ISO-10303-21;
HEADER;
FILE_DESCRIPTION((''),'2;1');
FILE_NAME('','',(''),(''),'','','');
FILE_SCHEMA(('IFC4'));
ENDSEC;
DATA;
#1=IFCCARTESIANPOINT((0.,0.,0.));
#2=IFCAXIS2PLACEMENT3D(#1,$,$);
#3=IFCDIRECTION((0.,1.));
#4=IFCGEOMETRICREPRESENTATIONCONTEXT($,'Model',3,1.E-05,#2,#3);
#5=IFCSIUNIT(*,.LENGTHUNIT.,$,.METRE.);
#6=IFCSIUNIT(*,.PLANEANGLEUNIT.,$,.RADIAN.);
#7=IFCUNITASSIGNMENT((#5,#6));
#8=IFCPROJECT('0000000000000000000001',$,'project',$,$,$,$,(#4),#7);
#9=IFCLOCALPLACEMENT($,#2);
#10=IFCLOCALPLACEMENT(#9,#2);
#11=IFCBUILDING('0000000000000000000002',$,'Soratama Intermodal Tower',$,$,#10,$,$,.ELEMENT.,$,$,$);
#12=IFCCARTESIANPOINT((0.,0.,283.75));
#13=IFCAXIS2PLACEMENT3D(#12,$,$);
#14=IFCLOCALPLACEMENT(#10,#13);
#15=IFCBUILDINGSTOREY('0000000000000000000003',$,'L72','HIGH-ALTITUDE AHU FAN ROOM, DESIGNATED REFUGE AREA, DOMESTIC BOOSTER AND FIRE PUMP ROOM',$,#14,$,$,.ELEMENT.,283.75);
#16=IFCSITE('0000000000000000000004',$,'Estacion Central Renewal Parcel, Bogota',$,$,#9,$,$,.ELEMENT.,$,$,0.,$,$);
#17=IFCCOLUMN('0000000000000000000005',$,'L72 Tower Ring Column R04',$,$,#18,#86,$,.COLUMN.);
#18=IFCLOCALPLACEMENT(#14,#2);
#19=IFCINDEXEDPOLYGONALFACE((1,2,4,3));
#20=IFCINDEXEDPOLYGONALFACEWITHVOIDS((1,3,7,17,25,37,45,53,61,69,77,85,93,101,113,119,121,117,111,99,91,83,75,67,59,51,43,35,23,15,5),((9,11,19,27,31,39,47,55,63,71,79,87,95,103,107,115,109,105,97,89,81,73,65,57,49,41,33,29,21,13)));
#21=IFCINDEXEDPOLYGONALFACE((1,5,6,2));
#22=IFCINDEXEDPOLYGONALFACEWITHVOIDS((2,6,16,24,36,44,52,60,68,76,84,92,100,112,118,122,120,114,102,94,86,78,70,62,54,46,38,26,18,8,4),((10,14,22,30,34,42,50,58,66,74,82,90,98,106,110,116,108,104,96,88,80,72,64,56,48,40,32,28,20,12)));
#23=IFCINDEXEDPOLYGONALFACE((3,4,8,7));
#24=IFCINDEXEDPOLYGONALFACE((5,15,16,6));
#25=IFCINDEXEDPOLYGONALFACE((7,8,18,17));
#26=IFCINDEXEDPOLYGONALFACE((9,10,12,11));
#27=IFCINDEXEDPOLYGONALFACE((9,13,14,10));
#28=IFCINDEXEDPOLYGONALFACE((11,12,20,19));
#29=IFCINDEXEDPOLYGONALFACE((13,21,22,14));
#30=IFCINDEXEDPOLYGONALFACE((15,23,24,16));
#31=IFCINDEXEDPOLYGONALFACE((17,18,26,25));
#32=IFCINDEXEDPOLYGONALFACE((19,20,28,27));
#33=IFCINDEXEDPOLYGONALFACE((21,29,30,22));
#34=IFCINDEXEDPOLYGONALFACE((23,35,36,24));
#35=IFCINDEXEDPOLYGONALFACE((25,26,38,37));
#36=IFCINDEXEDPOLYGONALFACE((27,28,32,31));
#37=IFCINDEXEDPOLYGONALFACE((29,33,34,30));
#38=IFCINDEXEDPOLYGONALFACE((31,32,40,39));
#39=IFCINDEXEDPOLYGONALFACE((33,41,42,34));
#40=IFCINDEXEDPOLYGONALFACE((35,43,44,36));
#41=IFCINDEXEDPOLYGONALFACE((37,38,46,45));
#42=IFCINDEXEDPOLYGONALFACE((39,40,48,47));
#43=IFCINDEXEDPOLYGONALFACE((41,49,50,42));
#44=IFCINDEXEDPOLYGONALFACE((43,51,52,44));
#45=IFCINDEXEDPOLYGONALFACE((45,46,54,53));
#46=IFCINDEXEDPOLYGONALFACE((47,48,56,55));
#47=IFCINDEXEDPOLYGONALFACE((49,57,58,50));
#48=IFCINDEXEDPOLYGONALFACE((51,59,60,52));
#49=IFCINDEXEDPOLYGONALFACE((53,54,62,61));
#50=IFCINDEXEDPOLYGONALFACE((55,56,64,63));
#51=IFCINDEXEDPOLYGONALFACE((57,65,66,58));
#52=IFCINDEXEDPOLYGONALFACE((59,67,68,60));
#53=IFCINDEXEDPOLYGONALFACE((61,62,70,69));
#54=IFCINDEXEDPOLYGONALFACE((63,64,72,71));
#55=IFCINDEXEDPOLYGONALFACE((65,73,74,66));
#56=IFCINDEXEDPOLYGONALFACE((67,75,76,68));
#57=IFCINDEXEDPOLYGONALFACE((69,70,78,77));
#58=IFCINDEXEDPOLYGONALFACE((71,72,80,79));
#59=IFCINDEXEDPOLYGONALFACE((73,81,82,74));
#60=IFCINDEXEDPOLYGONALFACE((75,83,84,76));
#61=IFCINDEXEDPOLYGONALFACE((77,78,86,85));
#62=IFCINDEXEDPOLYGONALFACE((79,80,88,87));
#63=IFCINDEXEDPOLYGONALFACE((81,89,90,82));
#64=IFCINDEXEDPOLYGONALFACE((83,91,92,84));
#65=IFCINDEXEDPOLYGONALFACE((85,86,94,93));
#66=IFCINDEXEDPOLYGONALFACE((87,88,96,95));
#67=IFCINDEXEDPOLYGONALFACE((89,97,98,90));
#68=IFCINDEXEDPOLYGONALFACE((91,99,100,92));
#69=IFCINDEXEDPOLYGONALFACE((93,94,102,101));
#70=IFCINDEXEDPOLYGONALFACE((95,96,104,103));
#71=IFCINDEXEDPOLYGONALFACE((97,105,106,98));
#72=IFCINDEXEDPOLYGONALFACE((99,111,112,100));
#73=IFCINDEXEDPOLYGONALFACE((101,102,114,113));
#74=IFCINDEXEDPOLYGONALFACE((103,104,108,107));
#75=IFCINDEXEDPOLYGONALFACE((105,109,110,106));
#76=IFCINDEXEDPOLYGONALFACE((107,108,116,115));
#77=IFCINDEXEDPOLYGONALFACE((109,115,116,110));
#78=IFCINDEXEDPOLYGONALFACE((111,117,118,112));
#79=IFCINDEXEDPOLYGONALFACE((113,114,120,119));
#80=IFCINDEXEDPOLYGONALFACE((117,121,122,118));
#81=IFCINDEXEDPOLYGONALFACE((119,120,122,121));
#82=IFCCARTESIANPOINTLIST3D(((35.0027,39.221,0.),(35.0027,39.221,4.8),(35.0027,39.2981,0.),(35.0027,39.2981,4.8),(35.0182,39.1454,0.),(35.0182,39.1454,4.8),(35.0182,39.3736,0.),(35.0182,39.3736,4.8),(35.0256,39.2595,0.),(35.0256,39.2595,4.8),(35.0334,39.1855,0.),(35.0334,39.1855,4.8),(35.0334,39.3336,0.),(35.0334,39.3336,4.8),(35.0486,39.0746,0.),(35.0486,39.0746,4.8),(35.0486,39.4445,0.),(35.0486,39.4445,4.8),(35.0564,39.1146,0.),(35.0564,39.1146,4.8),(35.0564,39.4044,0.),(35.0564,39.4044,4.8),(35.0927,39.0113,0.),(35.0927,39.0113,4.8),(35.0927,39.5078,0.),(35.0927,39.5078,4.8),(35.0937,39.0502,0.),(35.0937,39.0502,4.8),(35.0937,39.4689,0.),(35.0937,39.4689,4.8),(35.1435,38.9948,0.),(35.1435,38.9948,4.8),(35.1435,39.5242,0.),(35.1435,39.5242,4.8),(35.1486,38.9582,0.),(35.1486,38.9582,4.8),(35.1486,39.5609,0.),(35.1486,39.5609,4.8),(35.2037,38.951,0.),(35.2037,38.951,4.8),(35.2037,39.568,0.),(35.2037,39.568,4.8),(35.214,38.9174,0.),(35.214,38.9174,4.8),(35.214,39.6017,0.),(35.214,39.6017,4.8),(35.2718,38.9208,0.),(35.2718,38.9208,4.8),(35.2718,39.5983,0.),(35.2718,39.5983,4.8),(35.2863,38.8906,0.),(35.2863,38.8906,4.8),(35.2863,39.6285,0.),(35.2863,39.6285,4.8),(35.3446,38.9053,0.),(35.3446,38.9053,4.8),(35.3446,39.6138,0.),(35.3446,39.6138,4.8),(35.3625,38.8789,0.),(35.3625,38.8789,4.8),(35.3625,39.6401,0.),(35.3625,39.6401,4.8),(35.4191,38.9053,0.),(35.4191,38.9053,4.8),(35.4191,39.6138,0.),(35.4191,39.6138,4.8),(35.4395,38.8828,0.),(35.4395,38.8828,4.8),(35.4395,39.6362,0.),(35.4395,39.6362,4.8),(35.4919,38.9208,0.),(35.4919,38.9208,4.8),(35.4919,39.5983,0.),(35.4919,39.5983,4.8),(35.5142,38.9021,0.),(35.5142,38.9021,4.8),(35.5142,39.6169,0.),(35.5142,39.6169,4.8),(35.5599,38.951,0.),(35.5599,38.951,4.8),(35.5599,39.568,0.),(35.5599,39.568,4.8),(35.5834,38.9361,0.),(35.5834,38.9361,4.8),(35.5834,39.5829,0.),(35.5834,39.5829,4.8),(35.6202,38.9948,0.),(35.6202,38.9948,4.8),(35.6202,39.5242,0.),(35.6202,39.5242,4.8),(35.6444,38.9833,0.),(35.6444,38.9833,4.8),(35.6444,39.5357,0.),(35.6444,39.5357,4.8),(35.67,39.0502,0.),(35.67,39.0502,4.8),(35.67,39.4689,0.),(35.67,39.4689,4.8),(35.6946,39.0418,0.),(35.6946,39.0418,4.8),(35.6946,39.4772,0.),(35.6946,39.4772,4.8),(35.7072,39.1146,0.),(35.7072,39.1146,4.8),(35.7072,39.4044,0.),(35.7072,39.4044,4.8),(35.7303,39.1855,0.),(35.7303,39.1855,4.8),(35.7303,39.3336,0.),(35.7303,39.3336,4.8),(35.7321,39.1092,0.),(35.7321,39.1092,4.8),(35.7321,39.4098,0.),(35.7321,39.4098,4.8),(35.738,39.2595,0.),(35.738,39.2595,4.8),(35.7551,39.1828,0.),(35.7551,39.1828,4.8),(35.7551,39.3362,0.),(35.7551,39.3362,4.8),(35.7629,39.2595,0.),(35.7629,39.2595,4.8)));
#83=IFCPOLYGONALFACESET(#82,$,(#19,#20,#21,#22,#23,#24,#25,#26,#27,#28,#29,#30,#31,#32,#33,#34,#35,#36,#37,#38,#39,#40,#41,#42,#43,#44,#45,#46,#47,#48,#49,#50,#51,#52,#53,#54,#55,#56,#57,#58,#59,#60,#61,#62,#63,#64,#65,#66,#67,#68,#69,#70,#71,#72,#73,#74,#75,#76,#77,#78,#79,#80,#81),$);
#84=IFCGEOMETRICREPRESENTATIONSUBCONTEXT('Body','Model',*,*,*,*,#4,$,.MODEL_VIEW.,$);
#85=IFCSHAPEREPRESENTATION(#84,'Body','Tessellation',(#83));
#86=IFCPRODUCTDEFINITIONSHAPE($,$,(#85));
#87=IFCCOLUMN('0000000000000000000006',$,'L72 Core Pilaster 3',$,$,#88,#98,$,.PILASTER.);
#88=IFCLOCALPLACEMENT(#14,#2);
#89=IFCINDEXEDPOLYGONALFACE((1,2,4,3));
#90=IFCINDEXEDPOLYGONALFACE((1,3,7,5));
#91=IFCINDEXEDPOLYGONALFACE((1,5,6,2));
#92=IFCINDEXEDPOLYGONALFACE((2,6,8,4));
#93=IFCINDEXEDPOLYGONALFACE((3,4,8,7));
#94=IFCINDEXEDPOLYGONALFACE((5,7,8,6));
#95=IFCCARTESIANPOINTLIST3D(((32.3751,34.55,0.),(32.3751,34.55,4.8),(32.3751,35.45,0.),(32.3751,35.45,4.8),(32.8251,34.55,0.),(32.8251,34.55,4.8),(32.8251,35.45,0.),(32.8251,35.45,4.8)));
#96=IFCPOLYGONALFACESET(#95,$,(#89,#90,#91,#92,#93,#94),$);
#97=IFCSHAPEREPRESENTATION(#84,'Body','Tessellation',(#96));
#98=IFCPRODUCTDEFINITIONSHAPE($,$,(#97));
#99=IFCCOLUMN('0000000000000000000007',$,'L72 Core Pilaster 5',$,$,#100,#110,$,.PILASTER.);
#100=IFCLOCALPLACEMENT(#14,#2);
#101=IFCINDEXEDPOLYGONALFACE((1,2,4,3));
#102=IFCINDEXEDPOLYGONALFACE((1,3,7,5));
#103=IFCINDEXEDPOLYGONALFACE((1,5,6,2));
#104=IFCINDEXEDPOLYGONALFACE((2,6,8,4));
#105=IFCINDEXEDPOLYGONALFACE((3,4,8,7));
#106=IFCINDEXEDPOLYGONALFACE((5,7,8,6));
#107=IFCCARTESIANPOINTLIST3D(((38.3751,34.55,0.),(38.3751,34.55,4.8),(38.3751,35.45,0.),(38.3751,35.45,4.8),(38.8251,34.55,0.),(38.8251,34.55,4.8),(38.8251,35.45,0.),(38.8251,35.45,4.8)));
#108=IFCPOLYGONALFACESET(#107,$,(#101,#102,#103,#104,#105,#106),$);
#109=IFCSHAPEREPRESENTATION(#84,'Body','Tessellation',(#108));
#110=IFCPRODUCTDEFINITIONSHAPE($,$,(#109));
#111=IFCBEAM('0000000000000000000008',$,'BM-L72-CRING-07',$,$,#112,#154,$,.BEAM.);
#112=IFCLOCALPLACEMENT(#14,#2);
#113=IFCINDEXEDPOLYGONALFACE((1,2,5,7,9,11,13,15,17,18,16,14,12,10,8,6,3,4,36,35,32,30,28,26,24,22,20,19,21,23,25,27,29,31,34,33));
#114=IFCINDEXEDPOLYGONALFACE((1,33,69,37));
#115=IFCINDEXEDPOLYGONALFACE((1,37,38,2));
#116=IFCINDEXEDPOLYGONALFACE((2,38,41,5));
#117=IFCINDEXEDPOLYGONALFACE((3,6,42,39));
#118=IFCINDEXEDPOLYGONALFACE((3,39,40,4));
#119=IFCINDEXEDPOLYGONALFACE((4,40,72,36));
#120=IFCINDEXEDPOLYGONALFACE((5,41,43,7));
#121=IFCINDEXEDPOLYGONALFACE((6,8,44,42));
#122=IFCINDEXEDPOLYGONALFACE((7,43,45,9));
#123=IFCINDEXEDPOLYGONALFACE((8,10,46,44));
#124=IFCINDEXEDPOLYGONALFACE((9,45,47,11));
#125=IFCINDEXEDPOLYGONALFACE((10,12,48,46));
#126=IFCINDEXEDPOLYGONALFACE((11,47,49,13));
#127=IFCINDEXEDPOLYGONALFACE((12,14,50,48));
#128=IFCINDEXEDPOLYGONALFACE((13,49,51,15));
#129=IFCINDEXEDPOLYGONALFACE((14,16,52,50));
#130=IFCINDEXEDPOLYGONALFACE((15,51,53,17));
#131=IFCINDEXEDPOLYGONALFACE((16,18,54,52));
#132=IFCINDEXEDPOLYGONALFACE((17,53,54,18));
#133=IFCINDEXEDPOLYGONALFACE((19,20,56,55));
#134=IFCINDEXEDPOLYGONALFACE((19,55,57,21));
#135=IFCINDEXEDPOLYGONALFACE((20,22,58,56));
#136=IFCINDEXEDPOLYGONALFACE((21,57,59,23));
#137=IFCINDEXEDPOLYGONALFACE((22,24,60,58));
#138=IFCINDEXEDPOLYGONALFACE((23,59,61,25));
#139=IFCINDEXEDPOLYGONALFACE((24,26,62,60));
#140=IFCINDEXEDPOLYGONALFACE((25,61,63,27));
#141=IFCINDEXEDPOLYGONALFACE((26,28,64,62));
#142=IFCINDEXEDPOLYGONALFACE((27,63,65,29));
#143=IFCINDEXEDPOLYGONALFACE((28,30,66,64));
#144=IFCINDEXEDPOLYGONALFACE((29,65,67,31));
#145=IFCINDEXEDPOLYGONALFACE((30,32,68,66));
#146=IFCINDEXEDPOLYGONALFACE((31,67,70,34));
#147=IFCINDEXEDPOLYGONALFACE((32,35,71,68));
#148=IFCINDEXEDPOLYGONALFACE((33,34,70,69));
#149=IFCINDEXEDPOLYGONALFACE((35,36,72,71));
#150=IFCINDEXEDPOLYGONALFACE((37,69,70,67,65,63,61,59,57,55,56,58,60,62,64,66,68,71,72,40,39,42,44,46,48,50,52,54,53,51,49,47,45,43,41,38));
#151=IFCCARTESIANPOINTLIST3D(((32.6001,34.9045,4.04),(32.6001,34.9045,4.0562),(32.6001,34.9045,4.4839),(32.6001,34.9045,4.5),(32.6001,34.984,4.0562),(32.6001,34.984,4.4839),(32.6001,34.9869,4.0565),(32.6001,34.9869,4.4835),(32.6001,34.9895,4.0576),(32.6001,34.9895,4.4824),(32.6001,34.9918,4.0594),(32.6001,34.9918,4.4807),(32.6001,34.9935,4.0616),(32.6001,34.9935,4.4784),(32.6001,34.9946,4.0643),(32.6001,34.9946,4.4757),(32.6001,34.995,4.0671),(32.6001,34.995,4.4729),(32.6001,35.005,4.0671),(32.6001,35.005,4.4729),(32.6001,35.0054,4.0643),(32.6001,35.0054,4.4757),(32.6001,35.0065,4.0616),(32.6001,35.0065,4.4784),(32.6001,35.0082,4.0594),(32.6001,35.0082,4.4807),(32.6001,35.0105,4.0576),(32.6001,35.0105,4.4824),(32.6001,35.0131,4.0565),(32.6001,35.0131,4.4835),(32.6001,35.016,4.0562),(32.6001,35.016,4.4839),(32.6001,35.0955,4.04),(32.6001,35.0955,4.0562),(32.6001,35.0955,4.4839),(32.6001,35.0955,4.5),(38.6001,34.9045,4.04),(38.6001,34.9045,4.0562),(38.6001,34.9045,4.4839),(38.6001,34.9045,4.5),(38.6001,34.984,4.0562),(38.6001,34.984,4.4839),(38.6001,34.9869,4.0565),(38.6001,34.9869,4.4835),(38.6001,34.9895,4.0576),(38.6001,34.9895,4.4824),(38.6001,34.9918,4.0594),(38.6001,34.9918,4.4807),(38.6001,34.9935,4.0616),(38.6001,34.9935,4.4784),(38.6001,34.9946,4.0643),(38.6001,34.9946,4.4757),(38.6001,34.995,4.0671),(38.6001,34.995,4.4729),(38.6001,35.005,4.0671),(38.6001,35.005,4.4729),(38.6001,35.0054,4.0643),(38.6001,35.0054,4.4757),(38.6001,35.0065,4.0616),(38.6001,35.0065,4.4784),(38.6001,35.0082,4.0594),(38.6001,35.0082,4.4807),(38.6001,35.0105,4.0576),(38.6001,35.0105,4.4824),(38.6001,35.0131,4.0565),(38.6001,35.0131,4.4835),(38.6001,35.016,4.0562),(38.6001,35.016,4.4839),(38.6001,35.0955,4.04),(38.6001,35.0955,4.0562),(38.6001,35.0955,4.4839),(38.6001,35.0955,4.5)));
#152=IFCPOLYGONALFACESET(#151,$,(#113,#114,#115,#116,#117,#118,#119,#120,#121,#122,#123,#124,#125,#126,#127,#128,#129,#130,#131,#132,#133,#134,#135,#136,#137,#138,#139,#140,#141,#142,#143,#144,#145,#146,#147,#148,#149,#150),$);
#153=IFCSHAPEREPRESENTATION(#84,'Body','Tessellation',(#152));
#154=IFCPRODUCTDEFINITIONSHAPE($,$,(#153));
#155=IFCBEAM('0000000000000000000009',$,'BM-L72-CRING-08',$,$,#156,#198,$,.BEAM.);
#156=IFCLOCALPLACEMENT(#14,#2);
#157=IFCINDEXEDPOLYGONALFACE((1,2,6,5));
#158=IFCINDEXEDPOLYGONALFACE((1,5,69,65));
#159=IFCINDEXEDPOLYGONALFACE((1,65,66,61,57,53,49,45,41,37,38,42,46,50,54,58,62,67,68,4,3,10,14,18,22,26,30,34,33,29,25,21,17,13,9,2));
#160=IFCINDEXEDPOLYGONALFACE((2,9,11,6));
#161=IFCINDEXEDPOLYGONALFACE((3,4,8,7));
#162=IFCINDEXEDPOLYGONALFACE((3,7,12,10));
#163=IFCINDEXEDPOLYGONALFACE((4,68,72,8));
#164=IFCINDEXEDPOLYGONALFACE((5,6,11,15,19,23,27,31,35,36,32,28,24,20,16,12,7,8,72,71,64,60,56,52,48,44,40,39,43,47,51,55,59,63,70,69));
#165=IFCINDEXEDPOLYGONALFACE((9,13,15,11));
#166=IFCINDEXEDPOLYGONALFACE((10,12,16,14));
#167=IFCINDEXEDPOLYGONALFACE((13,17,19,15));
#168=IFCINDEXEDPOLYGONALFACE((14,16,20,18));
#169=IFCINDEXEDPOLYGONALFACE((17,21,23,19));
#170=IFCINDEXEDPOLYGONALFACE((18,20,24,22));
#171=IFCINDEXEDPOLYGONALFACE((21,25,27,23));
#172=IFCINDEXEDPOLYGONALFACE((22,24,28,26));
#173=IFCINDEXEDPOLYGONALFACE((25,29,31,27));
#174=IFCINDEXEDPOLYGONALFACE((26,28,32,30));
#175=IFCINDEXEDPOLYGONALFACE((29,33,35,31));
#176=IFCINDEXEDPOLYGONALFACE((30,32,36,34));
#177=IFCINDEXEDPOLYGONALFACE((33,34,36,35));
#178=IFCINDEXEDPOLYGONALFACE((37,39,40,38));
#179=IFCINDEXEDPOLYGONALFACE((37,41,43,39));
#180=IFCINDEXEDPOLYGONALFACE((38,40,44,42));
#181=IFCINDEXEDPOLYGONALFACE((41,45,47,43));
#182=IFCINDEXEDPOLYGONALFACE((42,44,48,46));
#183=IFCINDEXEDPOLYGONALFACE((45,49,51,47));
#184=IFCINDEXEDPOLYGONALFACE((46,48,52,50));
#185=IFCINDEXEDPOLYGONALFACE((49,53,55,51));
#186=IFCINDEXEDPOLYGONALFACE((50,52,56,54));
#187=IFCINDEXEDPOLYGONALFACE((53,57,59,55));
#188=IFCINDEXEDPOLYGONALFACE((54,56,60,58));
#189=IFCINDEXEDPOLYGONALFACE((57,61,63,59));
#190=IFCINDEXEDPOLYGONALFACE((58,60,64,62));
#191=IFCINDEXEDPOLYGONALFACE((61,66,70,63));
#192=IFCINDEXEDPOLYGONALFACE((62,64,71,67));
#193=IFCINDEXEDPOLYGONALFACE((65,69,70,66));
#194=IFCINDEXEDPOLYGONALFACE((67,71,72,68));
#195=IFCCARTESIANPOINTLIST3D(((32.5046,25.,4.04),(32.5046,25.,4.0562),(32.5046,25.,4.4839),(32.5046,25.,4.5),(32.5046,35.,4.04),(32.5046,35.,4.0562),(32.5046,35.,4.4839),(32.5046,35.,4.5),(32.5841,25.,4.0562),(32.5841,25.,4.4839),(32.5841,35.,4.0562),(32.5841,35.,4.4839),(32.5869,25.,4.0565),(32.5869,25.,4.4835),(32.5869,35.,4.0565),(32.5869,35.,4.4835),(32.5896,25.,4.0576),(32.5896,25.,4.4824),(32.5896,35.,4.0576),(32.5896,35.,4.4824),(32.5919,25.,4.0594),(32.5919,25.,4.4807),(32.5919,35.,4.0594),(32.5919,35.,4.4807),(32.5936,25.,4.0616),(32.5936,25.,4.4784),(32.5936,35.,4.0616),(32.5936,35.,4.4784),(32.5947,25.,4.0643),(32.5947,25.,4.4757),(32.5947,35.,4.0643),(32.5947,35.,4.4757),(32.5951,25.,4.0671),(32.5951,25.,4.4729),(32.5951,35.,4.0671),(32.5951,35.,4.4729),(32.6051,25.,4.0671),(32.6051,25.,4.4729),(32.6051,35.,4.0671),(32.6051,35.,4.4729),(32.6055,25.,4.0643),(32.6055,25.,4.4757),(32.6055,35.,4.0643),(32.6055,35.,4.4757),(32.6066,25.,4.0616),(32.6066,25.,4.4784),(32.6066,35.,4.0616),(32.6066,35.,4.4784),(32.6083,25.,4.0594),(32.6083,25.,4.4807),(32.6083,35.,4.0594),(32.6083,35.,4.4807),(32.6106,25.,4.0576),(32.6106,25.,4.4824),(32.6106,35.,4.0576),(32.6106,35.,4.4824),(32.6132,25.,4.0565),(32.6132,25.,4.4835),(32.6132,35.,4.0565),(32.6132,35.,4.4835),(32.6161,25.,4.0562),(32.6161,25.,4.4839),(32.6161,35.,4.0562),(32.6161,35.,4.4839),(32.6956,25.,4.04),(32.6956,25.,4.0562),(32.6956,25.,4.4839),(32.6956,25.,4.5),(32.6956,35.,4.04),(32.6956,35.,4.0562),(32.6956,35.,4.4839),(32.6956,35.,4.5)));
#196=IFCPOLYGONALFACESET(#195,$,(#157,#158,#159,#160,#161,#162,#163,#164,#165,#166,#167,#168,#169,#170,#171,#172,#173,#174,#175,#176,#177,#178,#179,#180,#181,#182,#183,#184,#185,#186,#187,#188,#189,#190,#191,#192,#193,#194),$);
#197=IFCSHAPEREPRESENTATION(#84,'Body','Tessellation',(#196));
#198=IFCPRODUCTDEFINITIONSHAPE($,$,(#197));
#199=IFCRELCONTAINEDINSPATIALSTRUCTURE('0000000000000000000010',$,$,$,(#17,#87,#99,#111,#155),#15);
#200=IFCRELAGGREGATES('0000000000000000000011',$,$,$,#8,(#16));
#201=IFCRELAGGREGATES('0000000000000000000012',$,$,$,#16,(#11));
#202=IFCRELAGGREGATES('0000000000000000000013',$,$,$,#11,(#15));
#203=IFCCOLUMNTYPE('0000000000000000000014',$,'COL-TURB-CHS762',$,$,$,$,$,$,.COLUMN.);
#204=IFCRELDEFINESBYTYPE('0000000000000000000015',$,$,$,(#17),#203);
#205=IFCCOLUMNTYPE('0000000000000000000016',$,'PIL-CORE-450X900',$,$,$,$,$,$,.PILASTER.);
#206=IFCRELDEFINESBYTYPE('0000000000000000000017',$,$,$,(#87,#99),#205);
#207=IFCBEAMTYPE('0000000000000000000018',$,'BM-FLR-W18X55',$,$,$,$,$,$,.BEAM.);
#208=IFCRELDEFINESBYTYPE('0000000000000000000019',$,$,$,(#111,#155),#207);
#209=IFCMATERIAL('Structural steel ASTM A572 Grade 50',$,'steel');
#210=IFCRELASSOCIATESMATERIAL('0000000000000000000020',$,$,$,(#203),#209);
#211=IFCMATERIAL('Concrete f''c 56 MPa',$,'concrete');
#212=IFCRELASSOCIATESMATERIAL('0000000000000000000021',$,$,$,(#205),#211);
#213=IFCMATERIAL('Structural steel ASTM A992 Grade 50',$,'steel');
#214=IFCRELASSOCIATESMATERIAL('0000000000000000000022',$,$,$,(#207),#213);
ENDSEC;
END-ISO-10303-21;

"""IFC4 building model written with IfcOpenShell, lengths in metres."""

from ifc_helpers import new_model, si_unit, direction, frame, origin, origin_2d, place, context, subcontext, project, spatial, rectangle, hollow_circle, i_section, extrude, material, material_profile, profile_set, type_object, element, save


model = new_model("IFC4")

# Units and contexts
model_context = context("Model", 3, precision=1e-05, world=origin(), true_north=direction((0.0, 1.0)))
body_context = subcontext(model_context, "Body", "Model", "MODEL_VIEW")
ifc_project = project(units=[si_unit("LENGTHUNIT", "METRE"), si_unit("PLANEANGLEUNIT", "RADIAN")], contexts=[model_context])

# Site, building, storey
site_placement = place(None, origin())
site = spatial("IfcSite", under=ifc_project, at=site_placement, Name="Estacion Central Renewal Parcel, Bogota", CompositionType="ELEMENT", RefElevation=0.0)
building_placement = place(site_placement, origin())
building = spatial("IfcBuilding", under=site, at=building_placement, Name="Soratama Intermodal Tower", CompositionType="ELEMENT")
storey_placement = place(building_placement, frame((0.0, 0.0, 283.75)))
storey = spatial("IfcBuildingStorey", under=building, at=storey_placement, Name="L72", Description="HIGH-ALTITUDE AHU FAN ROOM, DESIGNATED REFUGE AREA, DOMESTIC BOOSTER AND FIRE PUMP ROOM", CompositionType="ELEMENT", Elevation=283.75)

# Columns
ifc_material_1 = material(Name="Structural steel ASTM A572 Grade 50", Category="steel")
ifc_material_profile_1 = material_profile(ifc_material_1, hollow_circle(Radius=0.3811, WallThickness=0.0249, at=origin_2d()), Name="CHS762X25")
ifc_profile_set_1 = profile_set([ifc_material_profile_1], Name="Structural steel ASTM A572 Grade 50")
column_type_1 = type_object("IfcColumnType", Name="COL-TURB-CHS762", PredefinedType="COLUMN", material=ifc_profile_set_1)
column_placement = place(storey_placement, frame((35.3818, 39.2595, 0.0), z_axis=(0.0, 0.0, 1.0), x_axis=(1.0, 0.0, 0.0)))
element("IfcColumn", 1, at=column_placement, inside=storey, type_object=column_type_1, Name="L72 Tower Ring Column R04", PredefinedType="COLUMN", context=body_context, shape_type="SweptSolid", body=[
    extrude(hollow_circle(Radius=0.3811, WallThickness=0.0249, at=origin_2d()), origin(), (0.0, 0.0, 1.0), 4.8),
])
ifc_material_2 = material(Name="Concrete f'c 56 MPa", Category="concrete")
ifc_material_profile_2 = material_profile(ifc_material_2, rectangle(XDim=0.45, YDim=0.8999, at=origin_2d()), Name="RC450X900")
ifc_profile_set_2 = profile_set([ifc_material_profile_2], Name="Concrete f'c 56 MPa")
column_type_2 = type_object("IfcColumnType", Name="PIL-CORE-450X900", PredefinedType="PILASTER", material=ifc_profile_set_2)
for number, where, z_axis, x_axis, name in (
    (2, (32.6001, 35.0, 0.0), (0.0, 0.0, 1.0), (1.0, 0.0, 0.0), "L72 Core Pilaster 3"),
    (3, (38.6001, 35.0, 0.0), (0.0, 0.0, 1.0), (1.0, 0.0, 0.0), "L72 Core Pilaster 5"),
):
    element("IfcColumn", number, at=place(storey_placement, frame(where, z_axis=z_axis, x_axis=x_axis)), inside=storey, type_object=column_type_2, Name=name, PredefinedType="PILASTER", context=body_context, shape_type="SweptSolid", body=[
        extrude(rectangle(XDim=0.45, YDim=0.8999, at=origin_2d()), origin(), (0.0, 0.0, 1.0), 4.8),
    ])

# Beams
ifc_material_3 = material(Name="Structural steel ASTM A992 Grade 50", Category="steel")
ifc_material_profile_3 = material_profile(ifc_material_3, i_section(OverallWidth=0.1909, OverallDepth=0.46, WebThickness=0.01, FlangeThickness=0.0161, FilletRadius=0.011, at=origin_2d()), Name="W18X55")
ifc_profile_set_3 = profile_set([ifc_material_profile_3], Name="Structural steel ASTM A992 Grade 50")
beam_type_1 = type_object("IfcBeamType", Name="BM-FLR-W18X55", PredefinedType="BEAM", material=ifc_profile_set_3)
beam_1_placement = place(storey_placement, frame((38.6001, 35.0, 4.27), z_axis=(-1.0, 0.0, 0.0), x_axis=(0.0, -1.0, 0.0)))
element("IfcBeam", 4, at=beam_1_placement, inside=storey, type_object=beam_type_1, Name="BM-L72-CRING-07", PredefinedType="BEAM", context=body_context, shape_type="SweptSolid", body=[
    extrude(i_section(OverallWidth=0.1909, OverallDepth=0.46, WebThickness=0.01, FlangeThickness=0.0161, FilletRadius=0.011, at=origin_2d()), origin(), (0.0, 0.0, 1.0), 6.0),
])
beam_2_placement = place(storey_placement, frame((32.6001, 35.0, 4.27), z_axis=(0.0, -1.0, 0.0), x_axis=(1.0, 0.0, 0.0)))
element("IfcBeam", 5, at=beam_2_placement, inside=storey, type_object=beam_type_1, Name="BM-L72-CRING-08", PredefinedType="BEAM", context=body_context, shape_type="SweptSolid", body=[
    extrude(i_section(OverallWidth=0.1909, OverallDepth=0.46, WebThickness=0.01, FlangeThickness=0.0161, FilletRadius=0.011, at=origin_2d()), origin(), (0.0, 0.0, 1.0), 10.0),
])

save(model, "model.ifc")
